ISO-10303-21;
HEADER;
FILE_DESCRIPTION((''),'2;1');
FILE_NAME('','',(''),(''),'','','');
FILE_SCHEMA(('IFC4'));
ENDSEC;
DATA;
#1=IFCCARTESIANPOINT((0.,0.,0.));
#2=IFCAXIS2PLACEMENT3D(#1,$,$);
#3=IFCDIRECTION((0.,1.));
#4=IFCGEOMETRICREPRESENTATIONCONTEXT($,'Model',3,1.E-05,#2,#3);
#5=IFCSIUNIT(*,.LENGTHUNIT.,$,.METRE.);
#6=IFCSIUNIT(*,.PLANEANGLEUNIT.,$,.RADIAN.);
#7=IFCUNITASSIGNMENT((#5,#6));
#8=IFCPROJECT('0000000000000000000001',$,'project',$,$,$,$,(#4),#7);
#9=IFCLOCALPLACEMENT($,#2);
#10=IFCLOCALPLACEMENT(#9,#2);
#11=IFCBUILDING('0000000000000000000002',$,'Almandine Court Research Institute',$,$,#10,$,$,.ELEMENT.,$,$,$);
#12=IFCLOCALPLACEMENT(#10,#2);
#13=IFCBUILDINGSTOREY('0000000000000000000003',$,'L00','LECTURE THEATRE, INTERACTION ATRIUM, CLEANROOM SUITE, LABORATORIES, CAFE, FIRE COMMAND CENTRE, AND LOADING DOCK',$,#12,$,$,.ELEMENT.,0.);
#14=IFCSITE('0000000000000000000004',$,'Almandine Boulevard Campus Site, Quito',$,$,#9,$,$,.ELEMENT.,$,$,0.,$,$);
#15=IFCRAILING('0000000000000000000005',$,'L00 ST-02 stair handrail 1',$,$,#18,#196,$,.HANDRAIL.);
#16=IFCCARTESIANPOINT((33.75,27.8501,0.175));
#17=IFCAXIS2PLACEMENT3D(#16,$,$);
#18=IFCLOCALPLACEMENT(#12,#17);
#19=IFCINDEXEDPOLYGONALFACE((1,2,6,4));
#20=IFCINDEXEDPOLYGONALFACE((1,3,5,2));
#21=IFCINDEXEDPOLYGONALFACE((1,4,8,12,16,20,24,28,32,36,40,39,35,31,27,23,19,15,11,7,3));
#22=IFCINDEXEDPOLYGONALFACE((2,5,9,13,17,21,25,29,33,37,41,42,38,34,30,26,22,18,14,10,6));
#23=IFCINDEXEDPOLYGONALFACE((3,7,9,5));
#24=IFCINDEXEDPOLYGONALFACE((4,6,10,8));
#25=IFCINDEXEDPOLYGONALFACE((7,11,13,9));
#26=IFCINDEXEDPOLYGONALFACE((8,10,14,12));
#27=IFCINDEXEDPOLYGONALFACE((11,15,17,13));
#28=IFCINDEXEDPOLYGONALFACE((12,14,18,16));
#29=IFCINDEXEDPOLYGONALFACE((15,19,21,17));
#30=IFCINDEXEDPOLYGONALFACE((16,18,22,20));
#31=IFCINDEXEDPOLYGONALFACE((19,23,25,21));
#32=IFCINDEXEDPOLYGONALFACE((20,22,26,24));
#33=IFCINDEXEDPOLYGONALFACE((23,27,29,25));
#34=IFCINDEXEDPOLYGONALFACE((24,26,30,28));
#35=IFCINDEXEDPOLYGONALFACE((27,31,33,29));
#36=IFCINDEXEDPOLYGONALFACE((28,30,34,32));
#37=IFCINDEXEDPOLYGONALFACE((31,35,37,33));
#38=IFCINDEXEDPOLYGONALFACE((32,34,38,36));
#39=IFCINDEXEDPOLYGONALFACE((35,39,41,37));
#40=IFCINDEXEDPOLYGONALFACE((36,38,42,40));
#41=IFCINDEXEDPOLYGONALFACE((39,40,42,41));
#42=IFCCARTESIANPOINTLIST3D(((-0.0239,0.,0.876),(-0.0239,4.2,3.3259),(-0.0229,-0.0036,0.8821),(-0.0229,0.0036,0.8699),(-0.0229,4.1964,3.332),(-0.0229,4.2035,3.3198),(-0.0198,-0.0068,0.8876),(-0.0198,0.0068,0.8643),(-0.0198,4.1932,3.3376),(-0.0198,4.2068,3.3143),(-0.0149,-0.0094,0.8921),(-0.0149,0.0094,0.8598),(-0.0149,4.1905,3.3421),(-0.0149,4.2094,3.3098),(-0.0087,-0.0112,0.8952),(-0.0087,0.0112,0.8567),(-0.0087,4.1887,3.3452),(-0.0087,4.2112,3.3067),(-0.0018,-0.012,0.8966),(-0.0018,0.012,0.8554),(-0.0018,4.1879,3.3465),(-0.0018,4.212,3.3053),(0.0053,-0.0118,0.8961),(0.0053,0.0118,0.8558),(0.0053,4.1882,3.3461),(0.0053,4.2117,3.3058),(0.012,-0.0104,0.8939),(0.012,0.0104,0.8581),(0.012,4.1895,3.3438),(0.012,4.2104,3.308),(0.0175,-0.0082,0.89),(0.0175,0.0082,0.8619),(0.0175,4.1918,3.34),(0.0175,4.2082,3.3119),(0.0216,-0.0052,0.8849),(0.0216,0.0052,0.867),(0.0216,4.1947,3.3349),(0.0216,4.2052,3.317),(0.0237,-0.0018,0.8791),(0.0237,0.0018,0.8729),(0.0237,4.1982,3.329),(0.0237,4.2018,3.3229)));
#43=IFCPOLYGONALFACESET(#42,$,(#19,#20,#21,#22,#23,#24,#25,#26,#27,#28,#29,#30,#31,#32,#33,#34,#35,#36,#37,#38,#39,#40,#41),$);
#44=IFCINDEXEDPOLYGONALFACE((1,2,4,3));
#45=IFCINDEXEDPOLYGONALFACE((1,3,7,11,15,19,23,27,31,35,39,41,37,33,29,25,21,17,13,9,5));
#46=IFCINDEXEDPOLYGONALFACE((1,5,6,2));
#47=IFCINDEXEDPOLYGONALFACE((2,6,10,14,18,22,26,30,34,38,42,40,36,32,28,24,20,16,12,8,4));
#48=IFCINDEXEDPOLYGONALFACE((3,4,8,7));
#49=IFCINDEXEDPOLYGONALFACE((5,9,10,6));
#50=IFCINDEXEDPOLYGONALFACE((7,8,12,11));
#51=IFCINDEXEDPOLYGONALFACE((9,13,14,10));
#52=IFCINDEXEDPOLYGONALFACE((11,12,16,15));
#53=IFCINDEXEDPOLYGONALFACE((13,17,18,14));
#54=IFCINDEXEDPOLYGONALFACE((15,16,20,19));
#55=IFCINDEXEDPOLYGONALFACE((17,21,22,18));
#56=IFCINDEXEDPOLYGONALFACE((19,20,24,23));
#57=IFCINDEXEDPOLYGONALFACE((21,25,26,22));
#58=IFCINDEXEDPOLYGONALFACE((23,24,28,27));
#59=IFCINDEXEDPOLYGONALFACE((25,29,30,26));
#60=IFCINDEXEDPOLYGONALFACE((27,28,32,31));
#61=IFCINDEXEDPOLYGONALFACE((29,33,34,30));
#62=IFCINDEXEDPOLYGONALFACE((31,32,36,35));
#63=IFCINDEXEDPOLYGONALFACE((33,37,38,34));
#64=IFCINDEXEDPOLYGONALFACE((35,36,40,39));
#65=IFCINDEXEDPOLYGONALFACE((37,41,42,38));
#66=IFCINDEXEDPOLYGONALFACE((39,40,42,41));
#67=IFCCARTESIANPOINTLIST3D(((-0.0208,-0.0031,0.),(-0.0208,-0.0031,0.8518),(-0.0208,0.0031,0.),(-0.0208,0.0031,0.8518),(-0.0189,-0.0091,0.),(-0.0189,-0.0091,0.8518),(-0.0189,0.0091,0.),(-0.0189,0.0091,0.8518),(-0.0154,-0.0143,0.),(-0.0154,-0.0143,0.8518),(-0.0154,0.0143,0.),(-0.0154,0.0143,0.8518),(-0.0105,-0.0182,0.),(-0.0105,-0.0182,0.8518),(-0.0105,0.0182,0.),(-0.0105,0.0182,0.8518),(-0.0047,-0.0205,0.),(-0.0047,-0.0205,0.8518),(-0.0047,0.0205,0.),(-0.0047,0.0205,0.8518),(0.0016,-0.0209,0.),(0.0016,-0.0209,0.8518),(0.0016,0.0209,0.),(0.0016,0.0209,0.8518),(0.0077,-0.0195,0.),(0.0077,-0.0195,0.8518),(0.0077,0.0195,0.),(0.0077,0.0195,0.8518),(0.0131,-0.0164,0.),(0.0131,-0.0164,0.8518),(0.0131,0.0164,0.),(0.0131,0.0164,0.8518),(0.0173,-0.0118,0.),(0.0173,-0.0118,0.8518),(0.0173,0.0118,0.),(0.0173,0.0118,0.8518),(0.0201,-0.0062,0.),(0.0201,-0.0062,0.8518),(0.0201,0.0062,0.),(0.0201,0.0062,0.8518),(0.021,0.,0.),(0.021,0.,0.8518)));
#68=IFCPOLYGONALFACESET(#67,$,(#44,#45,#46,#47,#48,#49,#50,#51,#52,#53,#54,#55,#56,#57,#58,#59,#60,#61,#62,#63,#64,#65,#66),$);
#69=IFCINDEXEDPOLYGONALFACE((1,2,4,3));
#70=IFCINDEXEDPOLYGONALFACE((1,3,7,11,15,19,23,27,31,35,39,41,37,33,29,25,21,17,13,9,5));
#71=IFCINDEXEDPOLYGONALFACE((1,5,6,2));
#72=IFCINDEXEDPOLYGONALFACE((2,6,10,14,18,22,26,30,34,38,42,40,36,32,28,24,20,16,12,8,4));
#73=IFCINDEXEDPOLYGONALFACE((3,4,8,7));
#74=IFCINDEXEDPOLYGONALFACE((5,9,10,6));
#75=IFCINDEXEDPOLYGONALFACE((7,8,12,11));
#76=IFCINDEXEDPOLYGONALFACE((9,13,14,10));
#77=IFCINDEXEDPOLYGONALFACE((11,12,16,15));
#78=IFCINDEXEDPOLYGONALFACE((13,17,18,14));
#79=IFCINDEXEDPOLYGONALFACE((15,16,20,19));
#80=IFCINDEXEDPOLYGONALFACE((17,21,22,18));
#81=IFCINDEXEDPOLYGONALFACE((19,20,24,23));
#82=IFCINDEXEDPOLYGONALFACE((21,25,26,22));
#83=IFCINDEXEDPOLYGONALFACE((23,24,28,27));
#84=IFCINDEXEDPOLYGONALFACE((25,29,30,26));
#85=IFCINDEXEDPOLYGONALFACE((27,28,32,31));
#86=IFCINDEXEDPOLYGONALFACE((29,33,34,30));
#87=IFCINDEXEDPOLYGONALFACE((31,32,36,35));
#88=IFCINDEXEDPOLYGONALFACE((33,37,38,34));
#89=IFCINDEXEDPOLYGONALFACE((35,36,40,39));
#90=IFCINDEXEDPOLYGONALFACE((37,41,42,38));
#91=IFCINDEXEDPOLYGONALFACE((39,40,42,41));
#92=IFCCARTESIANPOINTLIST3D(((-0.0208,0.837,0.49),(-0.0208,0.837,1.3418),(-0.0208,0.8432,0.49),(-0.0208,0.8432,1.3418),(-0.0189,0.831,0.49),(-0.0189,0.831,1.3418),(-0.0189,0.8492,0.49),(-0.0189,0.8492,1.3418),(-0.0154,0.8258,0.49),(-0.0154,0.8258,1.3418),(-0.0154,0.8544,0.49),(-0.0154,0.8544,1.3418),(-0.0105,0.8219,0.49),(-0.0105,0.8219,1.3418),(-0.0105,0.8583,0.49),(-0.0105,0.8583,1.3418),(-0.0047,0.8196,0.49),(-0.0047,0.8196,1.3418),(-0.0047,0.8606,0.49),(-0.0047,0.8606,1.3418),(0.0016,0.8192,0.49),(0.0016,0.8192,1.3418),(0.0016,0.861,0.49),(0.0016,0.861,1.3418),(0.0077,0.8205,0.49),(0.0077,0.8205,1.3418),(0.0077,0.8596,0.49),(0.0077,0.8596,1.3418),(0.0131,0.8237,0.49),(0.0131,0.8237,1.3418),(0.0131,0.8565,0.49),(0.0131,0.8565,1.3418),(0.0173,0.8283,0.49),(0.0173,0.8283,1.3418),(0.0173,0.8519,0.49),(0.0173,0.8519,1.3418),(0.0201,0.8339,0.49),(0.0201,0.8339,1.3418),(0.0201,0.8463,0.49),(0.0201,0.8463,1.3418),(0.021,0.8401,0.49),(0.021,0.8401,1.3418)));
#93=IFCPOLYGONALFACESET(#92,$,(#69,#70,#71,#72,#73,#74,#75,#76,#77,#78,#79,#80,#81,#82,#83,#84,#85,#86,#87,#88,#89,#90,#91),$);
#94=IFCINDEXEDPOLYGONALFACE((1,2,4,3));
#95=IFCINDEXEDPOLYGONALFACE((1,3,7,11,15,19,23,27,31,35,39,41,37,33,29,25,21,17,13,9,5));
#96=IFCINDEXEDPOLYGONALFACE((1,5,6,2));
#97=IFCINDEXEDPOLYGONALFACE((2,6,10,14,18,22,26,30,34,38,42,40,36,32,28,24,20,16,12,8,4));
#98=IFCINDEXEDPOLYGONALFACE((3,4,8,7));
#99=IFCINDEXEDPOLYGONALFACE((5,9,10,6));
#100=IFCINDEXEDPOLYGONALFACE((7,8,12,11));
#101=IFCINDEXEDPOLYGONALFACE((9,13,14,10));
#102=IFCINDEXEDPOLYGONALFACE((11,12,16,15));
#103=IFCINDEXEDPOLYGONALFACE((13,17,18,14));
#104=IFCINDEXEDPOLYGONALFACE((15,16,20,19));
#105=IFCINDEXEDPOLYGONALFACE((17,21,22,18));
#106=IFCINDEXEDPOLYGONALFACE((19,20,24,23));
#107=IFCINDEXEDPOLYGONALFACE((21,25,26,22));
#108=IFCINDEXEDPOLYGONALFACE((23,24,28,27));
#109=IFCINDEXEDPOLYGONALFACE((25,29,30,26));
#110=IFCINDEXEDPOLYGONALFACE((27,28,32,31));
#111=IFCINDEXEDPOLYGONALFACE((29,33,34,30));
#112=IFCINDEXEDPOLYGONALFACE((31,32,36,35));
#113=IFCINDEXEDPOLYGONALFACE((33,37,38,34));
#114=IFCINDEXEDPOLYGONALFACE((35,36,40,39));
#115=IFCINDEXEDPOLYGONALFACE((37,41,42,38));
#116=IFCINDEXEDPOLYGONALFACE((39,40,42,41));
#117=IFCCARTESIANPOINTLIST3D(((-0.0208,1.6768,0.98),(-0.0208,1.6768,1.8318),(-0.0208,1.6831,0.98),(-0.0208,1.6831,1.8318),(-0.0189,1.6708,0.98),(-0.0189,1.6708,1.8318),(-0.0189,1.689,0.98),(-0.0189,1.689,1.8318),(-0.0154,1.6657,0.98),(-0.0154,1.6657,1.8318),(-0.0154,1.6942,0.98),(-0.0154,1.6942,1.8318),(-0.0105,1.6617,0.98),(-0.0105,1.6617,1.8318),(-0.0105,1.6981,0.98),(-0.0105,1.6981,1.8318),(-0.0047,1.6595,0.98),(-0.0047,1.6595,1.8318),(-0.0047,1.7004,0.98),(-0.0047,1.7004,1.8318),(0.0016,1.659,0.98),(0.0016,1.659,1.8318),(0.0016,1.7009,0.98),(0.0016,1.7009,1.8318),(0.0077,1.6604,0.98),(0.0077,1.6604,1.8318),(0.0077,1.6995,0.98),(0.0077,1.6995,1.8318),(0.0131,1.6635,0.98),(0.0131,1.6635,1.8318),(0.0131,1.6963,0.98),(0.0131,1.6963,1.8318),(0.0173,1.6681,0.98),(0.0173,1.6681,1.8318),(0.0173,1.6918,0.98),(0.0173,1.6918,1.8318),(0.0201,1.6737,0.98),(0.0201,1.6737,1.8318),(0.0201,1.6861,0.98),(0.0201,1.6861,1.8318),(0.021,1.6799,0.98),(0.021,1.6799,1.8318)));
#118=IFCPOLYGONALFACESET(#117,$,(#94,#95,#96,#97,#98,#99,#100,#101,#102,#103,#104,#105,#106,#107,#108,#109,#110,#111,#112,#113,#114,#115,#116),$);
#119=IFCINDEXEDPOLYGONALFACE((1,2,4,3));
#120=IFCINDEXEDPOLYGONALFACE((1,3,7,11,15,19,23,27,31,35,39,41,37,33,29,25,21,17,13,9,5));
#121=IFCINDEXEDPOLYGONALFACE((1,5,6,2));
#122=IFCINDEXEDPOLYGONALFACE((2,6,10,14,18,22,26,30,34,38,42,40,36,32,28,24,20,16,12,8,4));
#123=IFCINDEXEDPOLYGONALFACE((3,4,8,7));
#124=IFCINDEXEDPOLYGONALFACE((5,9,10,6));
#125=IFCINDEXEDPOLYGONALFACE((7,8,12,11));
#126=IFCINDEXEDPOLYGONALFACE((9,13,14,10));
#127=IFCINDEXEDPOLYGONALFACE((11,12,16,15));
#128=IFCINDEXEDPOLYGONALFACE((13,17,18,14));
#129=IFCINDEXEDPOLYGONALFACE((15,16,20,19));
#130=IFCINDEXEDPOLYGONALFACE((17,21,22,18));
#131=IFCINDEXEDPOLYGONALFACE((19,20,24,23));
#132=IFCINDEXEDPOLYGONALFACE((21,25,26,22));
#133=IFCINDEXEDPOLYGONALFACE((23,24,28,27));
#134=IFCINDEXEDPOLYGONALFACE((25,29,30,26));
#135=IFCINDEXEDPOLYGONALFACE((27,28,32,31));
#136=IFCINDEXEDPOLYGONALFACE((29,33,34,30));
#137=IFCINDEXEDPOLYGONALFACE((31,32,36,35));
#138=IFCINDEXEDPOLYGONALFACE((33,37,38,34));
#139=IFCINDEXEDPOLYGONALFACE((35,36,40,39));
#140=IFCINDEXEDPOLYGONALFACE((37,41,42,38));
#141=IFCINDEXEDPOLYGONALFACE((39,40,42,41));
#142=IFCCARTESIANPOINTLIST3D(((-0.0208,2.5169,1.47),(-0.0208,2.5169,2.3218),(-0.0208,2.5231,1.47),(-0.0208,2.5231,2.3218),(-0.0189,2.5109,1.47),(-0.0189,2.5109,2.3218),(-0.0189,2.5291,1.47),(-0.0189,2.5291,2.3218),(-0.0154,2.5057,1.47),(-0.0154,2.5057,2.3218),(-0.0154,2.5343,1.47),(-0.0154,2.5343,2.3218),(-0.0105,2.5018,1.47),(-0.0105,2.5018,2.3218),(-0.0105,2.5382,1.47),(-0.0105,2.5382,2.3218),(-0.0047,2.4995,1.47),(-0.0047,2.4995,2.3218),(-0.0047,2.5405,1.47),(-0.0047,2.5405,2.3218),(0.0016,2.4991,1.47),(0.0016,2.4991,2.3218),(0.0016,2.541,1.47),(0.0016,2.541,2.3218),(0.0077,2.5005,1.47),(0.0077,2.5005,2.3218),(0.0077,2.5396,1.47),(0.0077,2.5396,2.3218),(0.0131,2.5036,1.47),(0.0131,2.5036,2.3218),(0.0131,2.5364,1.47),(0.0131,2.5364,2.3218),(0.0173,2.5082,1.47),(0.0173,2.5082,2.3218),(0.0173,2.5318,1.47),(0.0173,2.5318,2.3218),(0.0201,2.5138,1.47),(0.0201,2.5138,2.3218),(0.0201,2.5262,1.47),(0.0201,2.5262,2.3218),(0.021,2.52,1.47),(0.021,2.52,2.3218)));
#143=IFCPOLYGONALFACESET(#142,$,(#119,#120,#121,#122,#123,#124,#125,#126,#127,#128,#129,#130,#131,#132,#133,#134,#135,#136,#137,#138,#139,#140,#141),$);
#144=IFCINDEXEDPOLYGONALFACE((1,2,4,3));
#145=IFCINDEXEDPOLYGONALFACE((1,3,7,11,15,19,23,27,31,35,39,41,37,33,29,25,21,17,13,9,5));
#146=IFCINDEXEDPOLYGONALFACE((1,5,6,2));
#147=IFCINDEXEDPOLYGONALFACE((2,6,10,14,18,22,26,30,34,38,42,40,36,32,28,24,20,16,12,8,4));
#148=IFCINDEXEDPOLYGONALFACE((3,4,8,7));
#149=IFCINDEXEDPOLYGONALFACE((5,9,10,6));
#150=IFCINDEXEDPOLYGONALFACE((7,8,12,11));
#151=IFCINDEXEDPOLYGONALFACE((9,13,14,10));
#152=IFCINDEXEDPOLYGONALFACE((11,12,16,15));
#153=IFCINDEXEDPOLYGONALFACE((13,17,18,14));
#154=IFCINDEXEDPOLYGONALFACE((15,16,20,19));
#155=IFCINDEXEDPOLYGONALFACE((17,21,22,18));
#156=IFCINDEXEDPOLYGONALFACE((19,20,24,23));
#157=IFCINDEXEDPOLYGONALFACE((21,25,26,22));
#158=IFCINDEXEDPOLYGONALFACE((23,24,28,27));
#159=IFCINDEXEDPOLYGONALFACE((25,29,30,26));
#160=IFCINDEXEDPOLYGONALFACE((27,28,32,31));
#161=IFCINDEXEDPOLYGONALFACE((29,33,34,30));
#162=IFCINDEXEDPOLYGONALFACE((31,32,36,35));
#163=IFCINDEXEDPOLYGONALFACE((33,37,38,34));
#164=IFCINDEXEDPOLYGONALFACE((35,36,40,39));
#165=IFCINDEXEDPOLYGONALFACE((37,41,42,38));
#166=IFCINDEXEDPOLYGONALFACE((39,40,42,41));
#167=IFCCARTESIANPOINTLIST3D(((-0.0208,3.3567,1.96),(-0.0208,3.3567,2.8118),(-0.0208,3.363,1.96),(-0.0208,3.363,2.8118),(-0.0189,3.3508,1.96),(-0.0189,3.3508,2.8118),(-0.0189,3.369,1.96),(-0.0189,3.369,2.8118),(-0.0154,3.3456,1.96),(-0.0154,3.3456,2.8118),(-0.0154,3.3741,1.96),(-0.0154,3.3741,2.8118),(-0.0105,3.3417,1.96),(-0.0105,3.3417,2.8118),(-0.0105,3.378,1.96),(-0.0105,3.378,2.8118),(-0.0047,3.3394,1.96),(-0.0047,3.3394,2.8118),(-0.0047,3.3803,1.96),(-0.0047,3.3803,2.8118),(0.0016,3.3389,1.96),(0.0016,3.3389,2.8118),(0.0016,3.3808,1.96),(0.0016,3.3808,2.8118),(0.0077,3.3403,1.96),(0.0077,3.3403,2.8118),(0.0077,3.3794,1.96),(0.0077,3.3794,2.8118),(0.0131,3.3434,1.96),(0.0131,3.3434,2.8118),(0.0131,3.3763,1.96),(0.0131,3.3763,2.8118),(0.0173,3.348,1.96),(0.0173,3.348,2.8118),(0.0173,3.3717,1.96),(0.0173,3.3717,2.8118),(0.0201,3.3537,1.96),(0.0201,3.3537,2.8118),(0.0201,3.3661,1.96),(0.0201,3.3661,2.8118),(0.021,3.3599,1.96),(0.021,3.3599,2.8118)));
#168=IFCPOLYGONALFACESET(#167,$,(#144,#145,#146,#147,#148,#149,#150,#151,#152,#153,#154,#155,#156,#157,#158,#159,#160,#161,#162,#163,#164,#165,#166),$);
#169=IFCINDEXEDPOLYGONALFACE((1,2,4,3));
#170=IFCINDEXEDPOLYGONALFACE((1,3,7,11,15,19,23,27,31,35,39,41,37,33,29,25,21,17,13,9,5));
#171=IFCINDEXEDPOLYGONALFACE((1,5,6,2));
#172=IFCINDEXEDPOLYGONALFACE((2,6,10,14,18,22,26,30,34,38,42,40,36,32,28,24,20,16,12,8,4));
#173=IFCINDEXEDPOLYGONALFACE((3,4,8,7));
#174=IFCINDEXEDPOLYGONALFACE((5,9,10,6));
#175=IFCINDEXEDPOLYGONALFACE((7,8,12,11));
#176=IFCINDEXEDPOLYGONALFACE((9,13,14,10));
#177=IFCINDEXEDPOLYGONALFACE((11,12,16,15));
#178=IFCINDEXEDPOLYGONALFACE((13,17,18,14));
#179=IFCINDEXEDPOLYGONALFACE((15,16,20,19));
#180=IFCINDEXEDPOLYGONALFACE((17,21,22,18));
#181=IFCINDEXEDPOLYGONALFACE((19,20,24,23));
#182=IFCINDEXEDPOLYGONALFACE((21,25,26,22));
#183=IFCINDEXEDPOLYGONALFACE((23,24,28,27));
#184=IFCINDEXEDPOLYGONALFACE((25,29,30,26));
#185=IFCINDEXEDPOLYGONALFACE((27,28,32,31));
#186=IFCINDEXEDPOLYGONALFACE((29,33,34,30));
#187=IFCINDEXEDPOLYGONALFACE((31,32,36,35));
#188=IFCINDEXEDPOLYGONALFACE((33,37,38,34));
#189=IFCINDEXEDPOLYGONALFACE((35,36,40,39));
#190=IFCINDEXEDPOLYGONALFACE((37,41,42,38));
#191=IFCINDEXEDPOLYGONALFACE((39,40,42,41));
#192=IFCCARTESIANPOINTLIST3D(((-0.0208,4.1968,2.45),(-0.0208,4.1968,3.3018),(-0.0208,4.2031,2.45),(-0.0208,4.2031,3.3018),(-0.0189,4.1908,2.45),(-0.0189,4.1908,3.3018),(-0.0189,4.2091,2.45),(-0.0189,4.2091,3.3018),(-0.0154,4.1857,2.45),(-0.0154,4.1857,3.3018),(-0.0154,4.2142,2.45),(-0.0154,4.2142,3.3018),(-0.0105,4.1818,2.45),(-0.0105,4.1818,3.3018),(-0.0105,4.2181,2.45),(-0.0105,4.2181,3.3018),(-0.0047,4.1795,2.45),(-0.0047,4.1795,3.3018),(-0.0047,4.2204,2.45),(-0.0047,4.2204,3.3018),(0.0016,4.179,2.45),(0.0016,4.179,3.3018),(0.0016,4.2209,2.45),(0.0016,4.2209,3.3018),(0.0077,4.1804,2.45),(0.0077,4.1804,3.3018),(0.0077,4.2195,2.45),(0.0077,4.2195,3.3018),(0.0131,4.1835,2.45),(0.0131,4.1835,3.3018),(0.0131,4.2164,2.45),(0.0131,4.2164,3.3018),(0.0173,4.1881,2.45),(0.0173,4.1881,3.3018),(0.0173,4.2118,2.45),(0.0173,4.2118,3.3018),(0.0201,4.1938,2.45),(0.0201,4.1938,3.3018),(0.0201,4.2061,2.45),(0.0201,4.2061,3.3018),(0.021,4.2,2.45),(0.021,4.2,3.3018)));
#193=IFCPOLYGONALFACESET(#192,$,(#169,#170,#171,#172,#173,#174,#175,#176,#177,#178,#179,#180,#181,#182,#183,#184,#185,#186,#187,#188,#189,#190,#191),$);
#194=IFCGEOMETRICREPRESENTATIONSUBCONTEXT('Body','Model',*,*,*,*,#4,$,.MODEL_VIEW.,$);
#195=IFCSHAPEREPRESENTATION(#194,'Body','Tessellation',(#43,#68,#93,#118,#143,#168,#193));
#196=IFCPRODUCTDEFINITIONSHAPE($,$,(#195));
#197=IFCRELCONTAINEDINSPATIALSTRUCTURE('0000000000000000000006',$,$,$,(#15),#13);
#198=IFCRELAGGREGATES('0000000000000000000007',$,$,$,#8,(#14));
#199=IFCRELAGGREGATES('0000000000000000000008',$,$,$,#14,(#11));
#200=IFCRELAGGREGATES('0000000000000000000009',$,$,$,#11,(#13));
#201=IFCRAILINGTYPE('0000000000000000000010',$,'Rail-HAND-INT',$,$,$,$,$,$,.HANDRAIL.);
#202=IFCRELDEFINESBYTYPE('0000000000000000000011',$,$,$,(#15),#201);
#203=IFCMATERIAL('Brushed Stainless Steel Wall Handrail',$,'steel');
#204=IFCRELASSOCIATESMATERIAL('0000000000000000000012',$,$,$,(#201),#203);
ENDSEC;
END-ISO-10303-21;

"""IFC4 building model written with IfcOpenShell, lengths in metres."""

from ifc_helpers import new_model, si_unit, direction, frame, origin, origin_2d, place, context, subcontext, project, spatial, circle, extrude, material, type_object, element, save


model = new_model("IFC4")

# Units and contexts
model_context = context("Model", 3, precision=1e-05, world=origin(), true_north=direction((0.0, 1.0)))
body_context = subcontext(model_context, "Body", "Model", "MODEL_VIEW")
ifc_project = project(units=[si_unit("LENGTHUNIT", "METRE"), si_unit("PLANEANGLEUNIT", "RADIAN")], contexts=[model_context])

# Site, building, storey
site_placement = place(None, origin())
site = spatial("IfcSite", under=ifc_project, at=site_placement, Name="Almandine Boulevard Campus Site, Quito", CompositionType="ELEMENT", RefElevation=0.0)
building_placement = place(site_placement, origin())
building = spatial("IfcBuilding", under=site, at=building_placement, Name="Almandine Court Research Institute", CompositionType="ELEMENT")
storey_placement = place(building_placement, origin())
storey = spatial("IfcBuildingStorey", under=building, at=storey_placement, Name="L00", Description="LECTURE THEATRE, INTERACTION ATRIUM, CLEANROOM SUITE, LABORATORIES, CAFE, FIRE COMMAND CENTRE, AND LOADING DOCK", CompositionType="ELEMENT", Elevation=0.0)

# Railing
ifc_material_1 = material(Name="Brushed Stainless Steel Wall Handrail", Category="steel")
railing_type_1 = type_object("IfcRailingType", Name="Rail-HAND-INT", PredefinedType="HANDRAIL", material=ifc_material_1)
railing_1_placement = place(storey_placement, frame((33.75, 27.8501, 0.175)))
element("IfcRailing", 1, at=railing_1_placement, inside=storey, type_object=railing_type_1, Name="L00 ST-02 stair handrail 1", PredefinedType="HANDRAIL", context=body_context, shape_type="SweptSolid", body=[
    extrude(circle(Radius=0.0239, at=origin_2d()), frame((0.0, 0.0, 0.876), z_axis=(0.0, 0.863781, 0.503868), x_axis=(-1.0, 0.0, 0.0)), (0.0, 0.0, 1.0), 4.8623),
    extrude(circle(Radius=0.021, at=origin_2d()), origin(), (0.0, 0.0, 1.0), 0.8518),
    extrude(circle(Radius=0.021, at=origin_2d()), frame((0.0, 0.8401, 0.49)), (0.0, 0.0, 1.0), 0.8518),
    extrude(circle(Radius=0.021, at=origin_2d()), frame((0.0, 1.6799, 0.98)), (0.0, 0.0, 1.0), 0.8518),
    extrude(circle(Radius=0.021, at=origin_2d()), frame((0.0, 2.52, 1.47)), (0.0, 0.0, 1.0), 0.8518),
    extrude(circle(Radius=0.021, at=origin_2d()), frame((0.0, 3.3599, 1.96)), (0.0, 0.0, 1.0), 0.8518),
    extrude(circle(Radius=0.021, at=origin_2d()), frame((0.0, 4.2, 2.45)), (0.0, 0.0, 1.0), 0.8518),
])

save(model, "model.ifc")
